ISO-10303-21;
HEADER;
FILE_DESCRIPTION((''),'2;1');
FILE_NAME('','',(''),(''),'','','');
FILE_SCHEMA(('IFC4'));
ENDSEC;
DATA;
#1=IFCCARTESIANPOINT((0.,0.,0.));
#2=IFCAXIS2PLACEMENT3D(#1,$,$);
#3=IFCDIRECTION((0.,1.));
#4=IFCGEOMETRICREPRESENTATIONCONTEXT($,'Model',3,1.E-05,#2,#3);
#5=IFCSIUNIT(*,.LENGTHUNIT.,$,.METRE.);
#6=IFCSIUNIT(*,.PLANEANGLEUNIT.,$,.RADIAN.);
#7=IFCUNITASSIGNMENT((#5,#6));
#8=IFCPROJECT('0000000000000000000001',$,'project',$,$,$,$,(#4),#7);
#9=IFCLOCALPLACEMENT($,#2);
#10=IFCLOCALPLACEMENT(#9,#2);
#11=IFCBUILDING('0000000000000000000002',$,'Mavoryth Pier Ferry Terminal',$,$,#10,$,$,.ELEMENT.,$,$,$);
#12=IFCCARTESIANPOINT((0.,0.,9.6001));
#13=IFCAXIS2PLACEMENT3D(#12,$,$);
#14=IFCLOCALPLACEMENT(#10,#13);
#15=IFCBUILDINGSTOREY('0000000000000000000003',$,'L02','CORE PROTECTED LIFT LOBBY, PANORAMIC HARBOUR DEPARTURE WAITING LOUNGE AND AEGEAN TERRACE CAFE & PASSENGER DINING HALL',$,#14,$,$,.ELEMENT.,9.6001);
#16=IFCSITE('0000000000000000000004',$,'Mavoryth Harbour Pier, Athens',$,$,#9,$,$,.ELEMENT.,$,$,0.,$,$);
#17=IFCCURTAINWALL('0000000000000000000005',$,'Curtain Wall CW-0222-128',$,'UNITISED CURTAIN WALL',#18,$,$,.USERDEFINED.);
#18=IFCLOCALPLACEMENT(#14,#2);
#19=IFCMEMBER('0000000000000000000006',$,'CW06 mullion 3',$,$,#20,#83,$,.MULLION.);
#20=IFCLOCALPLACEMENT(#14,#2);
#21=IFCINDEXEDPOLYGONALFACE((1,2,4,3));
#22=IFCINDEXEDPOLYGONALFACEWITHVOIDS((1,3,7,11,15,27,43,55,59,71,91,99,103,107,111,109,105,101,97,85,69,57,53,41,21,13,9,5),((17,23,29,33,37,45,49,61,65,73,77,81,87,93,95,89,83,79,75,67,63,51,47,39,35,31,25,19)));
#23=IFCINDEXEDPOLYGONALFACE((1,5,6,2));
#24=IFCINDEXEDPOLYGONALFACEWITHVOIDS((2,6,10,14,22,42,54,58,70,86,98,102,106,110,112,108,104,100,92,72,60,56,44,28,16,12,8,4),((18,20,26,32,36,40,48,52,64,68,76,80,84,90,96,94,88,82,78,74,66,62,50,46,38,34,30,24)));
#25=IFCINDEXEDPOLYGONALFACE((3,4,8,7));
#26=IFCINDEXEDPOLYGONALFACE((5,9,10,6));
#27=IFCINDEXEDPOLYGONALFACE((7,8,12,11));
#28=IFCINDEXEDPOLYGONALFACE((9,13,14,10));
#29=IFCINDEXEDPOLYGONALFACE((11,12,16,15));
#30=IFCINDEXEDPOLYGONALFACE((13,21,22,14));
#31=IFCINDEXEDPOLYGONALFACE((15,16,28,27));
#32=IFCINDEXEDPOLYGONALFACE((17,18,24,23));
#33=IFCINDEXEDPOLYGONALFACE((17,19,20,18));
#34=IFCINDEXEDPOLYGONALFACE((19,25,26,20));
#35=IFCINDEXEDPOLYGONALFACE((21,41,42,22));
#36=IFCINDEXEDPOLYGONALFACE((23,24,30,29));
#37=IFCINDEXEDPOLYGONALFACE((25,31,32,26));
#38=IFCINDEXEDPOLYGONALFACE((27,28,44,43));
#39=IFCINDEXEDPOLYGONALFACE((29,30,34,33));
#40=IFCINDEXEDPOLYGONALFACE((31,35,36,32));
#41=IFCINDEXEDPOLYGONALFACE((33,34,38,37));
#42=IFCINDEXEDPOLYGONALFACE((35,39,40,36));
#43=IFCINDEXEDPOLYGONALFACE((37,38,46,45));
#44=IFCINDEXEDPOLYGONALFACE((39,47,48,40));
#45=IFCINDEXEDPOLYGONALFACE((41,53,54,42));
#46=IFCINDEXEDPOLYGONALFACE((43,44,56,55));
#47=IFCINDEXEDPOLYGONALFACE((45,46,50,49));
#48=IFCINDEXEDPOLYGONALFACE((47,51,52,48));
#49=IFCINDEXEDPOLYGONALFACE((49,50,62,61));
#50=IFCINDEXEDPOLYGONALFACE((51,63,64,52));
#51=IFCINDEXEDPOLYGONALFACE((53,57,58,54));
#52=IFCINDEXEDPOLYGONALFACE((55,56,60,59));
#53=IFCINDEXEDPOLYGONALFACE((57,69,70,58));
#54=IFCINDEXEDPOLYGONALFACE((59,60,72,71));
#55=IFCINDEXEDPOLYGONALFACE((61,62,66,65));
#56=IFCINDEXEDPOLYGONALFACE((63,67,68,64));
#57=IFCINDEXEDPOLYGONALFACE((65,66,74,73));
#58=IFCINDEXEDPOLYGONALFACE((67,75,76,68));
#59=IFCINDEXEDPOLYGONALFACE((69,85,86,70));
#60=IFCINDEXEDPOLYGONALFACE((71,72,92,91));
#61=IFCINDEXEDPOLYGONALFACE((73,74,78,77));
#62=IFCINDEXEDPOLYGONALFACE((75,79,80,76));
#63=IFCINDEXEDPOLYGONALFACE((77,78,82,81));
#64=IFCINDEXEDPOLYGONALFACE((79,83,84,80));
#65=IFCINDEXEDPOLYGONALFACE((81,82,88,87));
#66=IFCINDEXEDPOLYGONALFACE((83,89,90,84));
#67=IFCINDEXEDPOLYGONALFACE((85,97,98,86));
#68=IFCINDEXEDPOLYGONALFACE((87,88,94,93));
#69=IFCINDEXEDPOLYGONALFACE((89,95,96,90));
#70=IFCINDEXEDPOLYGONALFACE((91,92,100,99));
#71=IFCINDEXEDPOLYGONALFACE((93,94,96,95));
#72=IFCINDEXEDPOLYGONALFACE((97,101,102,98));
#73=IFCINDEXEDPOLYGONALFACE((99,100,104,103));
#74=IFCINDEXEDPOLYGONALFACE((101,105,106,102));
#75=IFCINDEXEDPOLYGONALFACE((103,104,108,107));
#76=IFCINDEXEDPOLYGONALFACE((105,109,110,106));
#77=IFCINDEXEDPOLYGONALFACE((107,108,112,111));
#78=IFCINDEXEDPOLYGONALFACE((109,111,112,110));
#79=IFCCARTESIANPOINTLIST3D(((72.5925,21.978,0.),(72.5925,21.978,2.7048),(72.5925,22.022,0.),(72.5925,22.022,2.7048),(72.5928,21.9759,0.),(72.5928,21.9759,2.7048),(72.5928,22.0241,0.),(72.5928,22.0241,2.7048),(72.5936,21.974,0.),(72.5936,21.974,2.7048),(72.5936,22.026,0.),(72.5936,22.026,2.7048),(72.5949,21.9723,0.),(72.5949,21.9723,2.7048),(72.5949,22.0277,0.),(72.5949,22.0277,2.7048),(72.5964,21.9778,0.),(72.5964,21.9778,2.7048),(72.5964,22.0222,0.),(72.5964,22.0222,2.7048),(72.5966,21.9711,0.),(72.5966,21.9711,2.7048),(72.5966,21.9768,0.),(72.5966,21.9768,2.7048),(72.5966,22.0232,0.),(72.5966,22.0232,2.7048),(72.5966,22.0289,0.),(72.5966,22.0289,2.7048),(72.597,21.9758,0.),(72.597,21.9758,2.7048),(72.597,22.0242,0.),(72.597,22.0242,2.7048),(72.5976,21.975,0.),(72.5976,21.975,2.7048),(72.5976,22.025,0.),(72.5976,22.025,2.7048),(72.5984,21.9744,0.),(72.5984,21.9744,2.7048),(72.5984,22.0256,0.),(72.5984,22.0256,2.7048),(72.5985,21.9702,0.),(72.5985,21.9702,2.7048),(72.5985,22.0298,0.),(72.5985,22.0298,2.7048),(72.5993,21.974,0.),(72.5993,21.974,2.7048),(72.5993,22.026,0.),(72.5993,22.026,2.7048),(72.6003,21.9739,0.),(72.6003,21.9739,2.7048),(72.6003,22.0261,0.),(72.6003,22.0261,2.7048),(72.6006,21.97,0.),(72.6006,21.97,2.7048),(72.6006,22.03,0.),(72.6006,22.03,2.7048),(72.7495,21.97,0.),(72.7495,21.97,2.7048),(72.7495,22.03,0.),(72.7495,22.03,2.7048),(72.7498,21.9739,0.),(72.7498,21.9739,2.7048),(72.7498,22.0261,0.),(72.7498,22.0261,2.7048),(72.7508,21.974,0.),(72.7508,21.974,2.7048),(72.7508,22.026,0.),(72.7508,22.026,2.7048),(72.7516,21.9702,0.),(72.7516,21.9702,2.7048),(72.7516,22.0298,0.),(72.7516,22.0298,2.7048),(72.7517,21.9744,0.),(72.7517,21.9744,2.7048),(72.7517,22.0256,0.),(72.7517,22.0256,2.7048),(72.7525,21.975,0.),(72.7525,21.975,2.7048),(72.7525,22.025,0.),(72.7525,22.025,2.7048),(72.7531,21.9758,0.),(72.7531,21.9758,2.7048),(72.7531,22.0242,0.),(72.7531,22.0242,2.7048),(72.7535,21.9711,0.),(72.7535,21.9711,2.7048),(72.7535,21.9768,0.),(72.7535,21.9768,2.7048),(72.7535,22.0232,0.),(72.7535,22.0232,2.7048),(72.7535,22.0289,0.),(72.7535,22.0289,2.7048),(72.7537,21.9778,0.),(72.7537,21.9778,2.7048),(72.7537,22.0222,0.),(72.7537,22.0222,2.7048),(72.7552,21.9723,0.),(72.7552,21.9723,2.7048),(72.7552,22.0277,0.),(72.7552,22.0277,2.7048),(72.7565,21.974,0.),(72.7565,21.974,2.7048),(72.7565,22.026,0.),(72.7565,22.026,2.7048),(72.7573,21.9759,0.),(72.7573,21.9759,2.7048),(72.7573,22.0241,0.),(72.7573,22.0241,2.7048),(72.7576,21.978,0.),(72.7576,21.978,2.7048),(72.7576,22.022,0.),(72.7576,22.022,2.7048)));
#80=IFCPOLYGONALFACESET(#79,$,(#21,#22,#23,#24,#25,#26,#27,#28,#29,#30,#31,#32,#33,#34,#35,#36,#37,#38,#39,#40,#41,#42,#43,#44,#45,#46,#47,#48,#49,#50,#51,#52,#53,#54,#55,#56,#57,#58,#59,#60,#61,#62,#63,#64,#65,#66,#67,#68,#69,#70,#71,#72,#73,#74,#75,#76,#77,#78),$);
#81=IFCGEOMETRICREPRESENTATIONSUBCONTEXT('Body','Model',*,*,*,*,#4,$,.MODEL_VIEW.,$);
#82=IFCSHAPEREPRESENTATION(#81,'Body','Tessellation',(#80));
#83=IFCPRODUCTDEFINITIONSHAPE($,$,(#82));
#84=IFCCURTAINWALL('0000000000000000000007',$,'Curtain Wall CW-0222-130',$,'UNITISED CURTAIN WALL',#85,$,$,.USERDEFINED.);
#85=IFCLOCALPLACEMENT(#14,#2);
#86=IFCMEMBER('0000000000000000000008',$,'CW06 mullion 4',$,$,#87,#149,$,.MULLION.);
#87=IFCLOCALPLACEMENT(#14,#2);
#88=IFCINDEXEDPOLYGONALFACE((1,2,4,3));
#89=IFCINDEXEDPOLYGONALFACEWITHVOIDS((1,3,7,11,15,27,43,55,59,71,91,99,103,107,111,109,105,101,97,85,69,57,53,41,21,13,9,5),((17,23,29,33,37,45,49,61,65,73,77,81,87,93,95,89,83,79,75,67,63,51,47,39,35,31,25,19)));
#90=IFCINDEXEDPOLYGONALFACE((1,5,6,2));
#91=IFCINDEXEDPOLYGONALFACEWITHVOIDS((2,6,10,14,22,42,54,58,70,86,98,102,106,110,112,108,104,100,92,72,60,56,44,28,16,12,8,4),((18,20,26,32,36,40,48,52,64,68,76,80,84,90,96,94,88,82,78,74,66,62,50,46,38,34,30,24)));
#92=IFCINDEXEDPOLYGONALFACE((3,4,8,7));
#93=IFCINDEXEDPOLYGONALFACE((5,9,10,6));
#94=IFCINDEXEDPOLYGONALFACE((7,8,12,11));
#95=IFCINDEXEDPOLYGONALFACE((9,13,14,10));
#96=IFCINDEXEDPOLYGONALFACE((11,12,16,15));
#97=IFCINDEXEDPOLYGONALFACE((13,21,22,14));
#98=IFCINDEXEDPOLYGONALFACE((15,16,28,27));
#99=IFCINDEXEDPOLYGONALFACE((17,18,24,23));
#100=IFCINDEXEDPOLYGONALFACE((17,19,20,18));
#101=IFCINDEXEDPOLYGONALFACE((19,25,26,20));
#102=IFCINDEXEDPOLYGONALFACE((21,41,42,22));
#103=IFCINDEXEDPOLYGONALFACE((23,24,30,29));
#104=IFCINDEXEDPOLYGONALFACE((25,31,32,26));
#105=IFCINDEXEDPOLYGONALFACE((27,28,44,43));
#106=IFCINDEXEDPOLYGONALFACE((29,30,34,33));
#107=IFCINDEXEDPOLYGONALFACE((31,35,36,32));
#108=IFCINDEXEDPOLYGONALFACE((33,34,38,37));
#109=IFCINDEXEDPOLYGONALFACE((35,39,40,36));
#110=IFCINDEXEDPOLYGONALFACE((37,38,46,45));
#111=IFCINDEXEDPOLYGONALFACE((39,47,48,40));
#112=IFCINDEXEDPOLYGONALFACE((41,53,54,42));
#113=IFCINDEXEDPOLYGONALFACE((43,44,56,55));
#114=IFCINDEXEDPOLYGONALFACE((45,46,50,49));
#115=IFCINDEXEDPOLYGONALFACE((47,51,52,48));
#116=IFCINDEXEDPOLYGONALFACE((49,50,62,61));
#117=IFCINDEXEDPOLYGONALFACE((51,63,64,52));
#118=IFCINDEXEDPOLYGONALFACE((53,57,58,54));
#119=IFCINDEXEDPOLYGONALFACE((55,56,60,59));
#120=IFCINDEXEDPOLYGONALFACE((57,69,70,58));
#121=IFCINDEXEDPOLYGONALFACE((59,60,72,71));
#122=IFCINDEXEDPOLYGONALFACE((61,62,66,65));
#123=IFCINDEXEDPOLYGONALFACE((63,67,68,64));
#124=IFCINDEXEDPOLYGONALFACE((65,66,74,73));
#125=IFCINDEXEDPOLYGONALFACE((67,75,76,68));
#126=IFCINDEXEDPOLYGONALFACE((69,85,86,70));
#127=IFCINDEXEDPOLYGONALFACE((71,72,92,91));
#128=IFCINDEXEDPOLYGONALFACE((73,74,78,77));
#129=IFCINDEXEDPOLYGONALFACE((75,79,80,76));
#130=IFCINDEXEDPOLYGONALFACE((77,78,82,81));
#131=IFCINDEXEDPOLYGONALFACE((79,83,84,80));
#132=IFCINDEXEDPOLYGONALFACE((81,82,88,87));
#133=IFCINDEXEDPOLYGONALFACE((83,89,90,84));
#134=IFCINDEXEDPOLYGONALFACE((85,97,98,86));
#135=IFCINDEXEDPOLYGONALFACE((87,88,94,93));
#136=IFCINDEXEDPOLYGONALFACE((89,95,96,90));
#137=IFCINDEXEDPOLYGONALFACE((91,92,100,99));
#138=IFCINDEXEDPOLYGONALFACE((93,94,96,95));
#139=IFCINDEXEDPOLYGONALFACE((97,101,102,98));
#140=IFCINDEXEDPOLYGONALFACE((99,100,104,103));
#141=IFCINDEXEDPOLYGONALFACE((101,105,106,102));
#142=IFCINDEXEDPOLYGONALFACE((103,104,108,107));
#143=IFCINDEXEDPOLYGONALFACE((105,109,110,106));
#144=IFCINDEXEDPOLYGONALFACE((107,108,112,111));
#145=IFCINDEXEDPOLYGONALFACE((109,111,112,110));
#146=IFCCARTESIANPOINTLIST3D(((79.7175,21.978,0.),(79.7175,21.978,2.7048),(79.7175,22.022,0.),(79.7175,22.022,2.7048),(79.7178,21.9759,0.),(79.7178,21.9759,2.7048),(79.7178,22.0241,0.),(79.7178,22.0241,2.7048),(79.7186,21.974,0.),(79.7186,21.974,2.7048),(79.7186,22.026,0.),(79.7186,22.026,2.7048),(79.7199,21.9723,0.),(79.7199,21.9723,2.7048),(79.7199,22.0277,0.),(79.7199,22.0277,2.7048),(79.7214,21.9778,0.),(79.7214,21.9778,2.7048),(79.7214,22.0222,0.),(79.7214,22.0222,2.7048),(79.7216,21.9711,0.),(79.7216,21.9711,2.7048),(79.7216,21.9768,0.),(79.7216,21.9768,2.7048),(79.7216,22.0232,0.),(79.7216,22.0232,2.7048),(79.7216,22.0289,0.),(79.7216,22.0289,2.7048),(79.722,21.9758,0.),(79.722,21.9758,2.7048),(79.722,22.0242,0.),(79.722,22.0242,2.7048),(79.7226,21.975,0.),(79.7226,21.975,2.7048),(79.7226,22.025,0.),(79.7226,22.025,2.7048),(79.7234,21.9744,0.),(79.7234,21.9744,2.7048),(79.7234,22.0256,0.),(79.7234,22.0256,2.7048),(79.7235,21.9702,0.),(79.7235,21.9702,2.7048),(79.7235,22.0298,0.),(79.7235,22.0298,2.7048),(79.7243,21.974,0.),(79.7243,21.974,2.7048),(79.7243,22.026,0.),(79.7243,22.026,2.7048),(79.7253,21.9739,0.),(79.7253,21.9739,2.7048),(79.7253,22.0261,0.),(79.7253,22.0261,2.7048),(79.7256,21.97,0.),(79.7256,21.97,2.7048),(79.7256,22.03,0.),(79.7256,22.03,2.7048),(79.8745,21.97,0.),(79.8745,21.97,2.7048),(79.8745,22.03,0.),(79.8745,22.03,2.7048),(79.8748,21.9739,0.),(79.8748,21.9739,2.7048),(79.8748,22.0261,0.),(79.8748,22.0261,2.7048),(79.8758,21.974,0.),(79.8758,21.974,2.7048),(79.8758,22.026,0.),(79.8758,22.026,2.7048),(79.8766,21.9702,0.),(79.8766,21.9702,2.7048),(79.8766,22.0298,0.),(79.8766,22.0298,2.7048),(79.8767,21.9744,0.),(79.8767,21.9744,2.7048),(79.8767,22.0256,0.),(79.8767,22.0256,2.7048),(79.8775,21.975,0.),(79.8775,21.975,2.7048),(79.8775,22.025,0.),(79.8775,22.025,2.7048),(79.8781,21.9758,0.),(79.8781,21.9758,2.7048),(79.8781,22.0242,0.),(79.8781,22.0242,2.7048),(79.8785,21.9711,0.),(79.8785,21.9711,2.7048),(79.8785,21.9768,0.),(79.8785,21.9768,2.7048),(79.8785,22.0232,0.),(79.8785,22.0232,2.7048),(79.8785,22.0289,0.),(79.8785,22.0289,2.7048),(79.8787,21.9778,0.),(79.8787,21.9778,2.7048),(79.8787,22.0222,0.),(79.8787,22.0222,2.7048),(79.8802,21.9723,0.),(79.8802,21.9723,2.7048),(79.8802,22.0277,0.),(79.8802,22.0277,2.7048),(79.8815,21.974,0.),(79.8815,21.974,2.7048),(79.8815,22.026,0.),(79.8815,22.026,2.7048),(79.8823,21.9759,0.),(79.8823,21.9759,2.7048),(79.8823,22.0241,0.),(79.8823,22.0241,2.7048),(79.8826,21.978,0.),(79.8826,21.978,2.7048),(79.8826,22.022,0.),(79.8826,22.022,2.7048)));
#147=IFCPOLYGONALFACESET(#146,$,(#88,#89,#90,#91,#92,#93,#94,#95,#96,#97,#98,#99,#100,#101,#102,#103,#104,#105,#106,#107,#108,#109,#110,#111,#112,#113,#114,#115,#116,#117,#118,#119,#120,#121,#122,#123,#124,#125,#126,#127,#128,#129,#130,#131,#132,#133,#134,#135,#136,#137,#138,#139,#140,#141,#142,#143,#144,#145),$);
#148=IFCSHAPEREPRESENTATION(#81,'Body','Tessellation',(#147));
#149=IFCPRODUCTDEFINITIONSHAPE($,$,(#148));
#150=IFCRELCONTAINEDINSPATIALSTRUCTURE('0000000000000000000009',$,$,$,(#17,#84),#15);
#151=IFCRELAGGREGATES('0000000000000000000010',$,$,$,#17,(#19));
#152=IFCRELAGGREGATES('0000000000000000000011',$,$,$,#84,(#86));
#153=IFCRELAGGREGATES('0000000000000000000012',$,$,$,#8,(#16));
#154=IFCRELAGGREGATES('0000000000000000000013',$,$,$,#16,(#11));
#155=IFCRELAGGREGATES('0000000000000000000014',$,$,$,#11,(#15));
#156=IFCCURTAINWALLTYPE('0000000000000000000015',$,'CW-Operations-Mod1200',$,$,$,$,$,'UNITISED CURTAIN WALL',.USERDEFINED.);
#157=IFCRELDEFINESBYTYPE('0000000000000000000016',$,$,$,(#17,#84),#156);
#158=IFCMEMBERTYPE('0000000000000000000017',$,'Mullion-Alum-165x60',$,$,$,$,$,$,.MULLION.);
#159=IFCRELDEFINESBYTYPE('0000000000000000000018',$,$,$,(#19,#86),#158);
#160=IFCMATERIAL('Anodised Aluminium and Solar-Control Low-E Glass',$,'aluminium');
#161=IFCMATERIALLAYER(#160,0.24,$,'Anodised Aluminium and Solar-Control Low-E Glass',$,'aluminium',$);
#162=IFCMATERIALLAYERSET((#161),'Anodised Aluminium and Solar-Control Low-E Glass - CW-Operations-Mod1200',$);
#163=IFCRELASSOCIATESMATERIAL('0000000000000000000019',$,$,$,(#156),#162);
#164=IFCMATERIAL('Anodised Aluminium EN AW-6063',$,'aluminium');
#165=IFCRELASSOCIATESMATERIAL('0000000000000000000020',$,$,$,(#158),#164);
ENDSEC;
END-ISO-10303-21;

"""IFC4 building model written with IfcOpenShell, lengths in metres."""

from ifc_helpers import new_model, si_unit, direction, frame, origin, origin_2d, place, context, subcontext, project, spatial, hollow_rectangle, extrude, material, layer, layer_set, material_profile, profile_set, type_object, element, aggregate, save


model = new_model("IFC4")

# Units and contexts
model_context = context("Model", 3, precision=1e-05, world=origin(), true_north=direction((0.0, 1.0)))
body_context = subcontext(model_context, "Body", "Model", "MODEL_VIEW")
ifc_project = project(units=[si_unit("LENGTHUNIT", "METRE"), si_unit("PLANEANGLEUNIT", "RADIAN")], contexts=[model_context])

# Site, building, storey
site_placement = place(None, origin())
site = spatial("IfcSite", under=ifc_project, at=site_placement, Name="Mavoryth Harbour Pier, Athens", CompositionType="ELEMENT", RefElevation=0.0)
building_placement = place(site_placement, origin())
building = spatial("IfcBuilding", under=site, at=building_placement, Name="Mavoryth Pier Ferry Terminal", CompositionType="ELEMENT")
storey_placement = place(building_placement, frame((0.0, 0.0, 9.6001)))
storey = spatial("IfcBuildingStorey", under=building, at=storey_placement, Name="L02", Description="CORE PROTECTED LIFT LOBBY, PANORAMIC HARBOUR DEPARTURE WAITING LOUNGE AND AEGEAN TERRACE CAFE & PASSENGER DINING HALL", CompositionType="ELEMENT", Elevation=9.6001)

# Curtain walls, members
ifc_material_1 = material(Name="Anodised Aluminium and Solar-Control Low-E Glass", Category="aluminium")
ifc_layer_1 = layer(ifc_material_1, 0.24, Name="Anodised Aluminium and Solar-Control Low-E Glass", Category="aluminium")
ifc_layer_set_1 = layer_set([ifc_layer_1], Name="Anodised Aluminium and Solar-Control Low-E Glass - CW-Operations-Mod1200")
curtain_wall_type = type_object("IfcCurtainWallType", Name="CW-Operations-Mod1200", ElementType="UNITISED CURTAIN WALL", PredefinedType="USERDEFINED", material=ifc_layer_set_1)
curtain_wall_1_placement = place(storey_placement, origin())
curtain_wall_1 = element("IfcCurtainWall", 1, at=curtain_wall_1_placement, inside=storey, type_object=curtain_wall_type, Name="Curtain Wall CW-0222-128", ObjectType="UNITISED CURTAIN WALL", PredefinedType="USERDEFINED")
ifc_material_2 = material(Name="Anodised Aluminium EN AW-6063", Category="aluminium")
ifc_material_profile_1 = material_profile(ifc_material_2, hollow_rectangle(XDim=0.0601, YDim=0.165, WallThickness=0.0039, InnerFilletRadius=0.0039, OuterFilletRadius=0.0081, at=origin_2d()), Name="AL-MULL 165x60x4", Category="aluminium")
ifc_profile_set_1 = profile_set([ifc_material_profile_1], Name="Anodised Aluminium EN AW-6063 - AL-MULL 165x60x4")
member_type_1 = type_object("IfcMemberType", Name="Mullion-Alum-165x60", PredefinedType="MULLION", material=ifc_profile_set_1)
member_1_placement = place(storey_placement, frame((72.675, 22.0, 0.0), z_axis=(0.0, 0.0, 1.0), x_axis=(0.0, -1.0, 0.0)))
member_1 = element("IfcMember", 2, at=member_1_placement, type_object=member_type_1, Name="CW06 mullion 3", PredefinedType="MULLION", context=body_context, shape_type="SweptSolid", body=[
    extrude(hollow_rectangle(XDim=0.0601, YDim=0.165, WallThickness=0.0039, InnerFilletRadius=0.0039, OuterFilletRadius=0.0081, at=origin_2d()), origin(), (0.0, 0.0, 1.0), 2.7048),
])
curtain_wall_2_placement = place(storey_placement, origin())
curtain_wall_2 = element("IfcCurtainWall", 3, at=curtain_wall_2_placement, inside=storey, type_object=curtain_wall_type, Name="Curtain Wall CW-0222-130", ObjectType="UNITISED CURTAIN WALL", PredefinedType="USERDEFINED")
member_2_placement = place(storey_placement, frame((79.8, 22.0, 0.0), z_axis=(0.0, 0.0, 1.0), x_axis=(0.0, -1.0, 0.0)))
member_2 = element("IfcMember", 4, at=member_2_placement, type_object=member_type_1, Name="CW06 mullion 4", PredefinedType="MULLION", context=body_context, shape_type="SweptSolid", body=[
    extrude(hollow_rectangle(XDim=0.0601, YDim=0.165, WallThickness=0.0039, InnerFilletRadius=0.0039, OuterFilletRadius=0.0081, at=origin_2d()), origin(), (0.0, 0.0, 1.0), 2.7048),
])

aggregate(curtain_wall_1, [member_1])
aggregate(curtain_wall_2, [member_2])

save(model, "model.ifc")
